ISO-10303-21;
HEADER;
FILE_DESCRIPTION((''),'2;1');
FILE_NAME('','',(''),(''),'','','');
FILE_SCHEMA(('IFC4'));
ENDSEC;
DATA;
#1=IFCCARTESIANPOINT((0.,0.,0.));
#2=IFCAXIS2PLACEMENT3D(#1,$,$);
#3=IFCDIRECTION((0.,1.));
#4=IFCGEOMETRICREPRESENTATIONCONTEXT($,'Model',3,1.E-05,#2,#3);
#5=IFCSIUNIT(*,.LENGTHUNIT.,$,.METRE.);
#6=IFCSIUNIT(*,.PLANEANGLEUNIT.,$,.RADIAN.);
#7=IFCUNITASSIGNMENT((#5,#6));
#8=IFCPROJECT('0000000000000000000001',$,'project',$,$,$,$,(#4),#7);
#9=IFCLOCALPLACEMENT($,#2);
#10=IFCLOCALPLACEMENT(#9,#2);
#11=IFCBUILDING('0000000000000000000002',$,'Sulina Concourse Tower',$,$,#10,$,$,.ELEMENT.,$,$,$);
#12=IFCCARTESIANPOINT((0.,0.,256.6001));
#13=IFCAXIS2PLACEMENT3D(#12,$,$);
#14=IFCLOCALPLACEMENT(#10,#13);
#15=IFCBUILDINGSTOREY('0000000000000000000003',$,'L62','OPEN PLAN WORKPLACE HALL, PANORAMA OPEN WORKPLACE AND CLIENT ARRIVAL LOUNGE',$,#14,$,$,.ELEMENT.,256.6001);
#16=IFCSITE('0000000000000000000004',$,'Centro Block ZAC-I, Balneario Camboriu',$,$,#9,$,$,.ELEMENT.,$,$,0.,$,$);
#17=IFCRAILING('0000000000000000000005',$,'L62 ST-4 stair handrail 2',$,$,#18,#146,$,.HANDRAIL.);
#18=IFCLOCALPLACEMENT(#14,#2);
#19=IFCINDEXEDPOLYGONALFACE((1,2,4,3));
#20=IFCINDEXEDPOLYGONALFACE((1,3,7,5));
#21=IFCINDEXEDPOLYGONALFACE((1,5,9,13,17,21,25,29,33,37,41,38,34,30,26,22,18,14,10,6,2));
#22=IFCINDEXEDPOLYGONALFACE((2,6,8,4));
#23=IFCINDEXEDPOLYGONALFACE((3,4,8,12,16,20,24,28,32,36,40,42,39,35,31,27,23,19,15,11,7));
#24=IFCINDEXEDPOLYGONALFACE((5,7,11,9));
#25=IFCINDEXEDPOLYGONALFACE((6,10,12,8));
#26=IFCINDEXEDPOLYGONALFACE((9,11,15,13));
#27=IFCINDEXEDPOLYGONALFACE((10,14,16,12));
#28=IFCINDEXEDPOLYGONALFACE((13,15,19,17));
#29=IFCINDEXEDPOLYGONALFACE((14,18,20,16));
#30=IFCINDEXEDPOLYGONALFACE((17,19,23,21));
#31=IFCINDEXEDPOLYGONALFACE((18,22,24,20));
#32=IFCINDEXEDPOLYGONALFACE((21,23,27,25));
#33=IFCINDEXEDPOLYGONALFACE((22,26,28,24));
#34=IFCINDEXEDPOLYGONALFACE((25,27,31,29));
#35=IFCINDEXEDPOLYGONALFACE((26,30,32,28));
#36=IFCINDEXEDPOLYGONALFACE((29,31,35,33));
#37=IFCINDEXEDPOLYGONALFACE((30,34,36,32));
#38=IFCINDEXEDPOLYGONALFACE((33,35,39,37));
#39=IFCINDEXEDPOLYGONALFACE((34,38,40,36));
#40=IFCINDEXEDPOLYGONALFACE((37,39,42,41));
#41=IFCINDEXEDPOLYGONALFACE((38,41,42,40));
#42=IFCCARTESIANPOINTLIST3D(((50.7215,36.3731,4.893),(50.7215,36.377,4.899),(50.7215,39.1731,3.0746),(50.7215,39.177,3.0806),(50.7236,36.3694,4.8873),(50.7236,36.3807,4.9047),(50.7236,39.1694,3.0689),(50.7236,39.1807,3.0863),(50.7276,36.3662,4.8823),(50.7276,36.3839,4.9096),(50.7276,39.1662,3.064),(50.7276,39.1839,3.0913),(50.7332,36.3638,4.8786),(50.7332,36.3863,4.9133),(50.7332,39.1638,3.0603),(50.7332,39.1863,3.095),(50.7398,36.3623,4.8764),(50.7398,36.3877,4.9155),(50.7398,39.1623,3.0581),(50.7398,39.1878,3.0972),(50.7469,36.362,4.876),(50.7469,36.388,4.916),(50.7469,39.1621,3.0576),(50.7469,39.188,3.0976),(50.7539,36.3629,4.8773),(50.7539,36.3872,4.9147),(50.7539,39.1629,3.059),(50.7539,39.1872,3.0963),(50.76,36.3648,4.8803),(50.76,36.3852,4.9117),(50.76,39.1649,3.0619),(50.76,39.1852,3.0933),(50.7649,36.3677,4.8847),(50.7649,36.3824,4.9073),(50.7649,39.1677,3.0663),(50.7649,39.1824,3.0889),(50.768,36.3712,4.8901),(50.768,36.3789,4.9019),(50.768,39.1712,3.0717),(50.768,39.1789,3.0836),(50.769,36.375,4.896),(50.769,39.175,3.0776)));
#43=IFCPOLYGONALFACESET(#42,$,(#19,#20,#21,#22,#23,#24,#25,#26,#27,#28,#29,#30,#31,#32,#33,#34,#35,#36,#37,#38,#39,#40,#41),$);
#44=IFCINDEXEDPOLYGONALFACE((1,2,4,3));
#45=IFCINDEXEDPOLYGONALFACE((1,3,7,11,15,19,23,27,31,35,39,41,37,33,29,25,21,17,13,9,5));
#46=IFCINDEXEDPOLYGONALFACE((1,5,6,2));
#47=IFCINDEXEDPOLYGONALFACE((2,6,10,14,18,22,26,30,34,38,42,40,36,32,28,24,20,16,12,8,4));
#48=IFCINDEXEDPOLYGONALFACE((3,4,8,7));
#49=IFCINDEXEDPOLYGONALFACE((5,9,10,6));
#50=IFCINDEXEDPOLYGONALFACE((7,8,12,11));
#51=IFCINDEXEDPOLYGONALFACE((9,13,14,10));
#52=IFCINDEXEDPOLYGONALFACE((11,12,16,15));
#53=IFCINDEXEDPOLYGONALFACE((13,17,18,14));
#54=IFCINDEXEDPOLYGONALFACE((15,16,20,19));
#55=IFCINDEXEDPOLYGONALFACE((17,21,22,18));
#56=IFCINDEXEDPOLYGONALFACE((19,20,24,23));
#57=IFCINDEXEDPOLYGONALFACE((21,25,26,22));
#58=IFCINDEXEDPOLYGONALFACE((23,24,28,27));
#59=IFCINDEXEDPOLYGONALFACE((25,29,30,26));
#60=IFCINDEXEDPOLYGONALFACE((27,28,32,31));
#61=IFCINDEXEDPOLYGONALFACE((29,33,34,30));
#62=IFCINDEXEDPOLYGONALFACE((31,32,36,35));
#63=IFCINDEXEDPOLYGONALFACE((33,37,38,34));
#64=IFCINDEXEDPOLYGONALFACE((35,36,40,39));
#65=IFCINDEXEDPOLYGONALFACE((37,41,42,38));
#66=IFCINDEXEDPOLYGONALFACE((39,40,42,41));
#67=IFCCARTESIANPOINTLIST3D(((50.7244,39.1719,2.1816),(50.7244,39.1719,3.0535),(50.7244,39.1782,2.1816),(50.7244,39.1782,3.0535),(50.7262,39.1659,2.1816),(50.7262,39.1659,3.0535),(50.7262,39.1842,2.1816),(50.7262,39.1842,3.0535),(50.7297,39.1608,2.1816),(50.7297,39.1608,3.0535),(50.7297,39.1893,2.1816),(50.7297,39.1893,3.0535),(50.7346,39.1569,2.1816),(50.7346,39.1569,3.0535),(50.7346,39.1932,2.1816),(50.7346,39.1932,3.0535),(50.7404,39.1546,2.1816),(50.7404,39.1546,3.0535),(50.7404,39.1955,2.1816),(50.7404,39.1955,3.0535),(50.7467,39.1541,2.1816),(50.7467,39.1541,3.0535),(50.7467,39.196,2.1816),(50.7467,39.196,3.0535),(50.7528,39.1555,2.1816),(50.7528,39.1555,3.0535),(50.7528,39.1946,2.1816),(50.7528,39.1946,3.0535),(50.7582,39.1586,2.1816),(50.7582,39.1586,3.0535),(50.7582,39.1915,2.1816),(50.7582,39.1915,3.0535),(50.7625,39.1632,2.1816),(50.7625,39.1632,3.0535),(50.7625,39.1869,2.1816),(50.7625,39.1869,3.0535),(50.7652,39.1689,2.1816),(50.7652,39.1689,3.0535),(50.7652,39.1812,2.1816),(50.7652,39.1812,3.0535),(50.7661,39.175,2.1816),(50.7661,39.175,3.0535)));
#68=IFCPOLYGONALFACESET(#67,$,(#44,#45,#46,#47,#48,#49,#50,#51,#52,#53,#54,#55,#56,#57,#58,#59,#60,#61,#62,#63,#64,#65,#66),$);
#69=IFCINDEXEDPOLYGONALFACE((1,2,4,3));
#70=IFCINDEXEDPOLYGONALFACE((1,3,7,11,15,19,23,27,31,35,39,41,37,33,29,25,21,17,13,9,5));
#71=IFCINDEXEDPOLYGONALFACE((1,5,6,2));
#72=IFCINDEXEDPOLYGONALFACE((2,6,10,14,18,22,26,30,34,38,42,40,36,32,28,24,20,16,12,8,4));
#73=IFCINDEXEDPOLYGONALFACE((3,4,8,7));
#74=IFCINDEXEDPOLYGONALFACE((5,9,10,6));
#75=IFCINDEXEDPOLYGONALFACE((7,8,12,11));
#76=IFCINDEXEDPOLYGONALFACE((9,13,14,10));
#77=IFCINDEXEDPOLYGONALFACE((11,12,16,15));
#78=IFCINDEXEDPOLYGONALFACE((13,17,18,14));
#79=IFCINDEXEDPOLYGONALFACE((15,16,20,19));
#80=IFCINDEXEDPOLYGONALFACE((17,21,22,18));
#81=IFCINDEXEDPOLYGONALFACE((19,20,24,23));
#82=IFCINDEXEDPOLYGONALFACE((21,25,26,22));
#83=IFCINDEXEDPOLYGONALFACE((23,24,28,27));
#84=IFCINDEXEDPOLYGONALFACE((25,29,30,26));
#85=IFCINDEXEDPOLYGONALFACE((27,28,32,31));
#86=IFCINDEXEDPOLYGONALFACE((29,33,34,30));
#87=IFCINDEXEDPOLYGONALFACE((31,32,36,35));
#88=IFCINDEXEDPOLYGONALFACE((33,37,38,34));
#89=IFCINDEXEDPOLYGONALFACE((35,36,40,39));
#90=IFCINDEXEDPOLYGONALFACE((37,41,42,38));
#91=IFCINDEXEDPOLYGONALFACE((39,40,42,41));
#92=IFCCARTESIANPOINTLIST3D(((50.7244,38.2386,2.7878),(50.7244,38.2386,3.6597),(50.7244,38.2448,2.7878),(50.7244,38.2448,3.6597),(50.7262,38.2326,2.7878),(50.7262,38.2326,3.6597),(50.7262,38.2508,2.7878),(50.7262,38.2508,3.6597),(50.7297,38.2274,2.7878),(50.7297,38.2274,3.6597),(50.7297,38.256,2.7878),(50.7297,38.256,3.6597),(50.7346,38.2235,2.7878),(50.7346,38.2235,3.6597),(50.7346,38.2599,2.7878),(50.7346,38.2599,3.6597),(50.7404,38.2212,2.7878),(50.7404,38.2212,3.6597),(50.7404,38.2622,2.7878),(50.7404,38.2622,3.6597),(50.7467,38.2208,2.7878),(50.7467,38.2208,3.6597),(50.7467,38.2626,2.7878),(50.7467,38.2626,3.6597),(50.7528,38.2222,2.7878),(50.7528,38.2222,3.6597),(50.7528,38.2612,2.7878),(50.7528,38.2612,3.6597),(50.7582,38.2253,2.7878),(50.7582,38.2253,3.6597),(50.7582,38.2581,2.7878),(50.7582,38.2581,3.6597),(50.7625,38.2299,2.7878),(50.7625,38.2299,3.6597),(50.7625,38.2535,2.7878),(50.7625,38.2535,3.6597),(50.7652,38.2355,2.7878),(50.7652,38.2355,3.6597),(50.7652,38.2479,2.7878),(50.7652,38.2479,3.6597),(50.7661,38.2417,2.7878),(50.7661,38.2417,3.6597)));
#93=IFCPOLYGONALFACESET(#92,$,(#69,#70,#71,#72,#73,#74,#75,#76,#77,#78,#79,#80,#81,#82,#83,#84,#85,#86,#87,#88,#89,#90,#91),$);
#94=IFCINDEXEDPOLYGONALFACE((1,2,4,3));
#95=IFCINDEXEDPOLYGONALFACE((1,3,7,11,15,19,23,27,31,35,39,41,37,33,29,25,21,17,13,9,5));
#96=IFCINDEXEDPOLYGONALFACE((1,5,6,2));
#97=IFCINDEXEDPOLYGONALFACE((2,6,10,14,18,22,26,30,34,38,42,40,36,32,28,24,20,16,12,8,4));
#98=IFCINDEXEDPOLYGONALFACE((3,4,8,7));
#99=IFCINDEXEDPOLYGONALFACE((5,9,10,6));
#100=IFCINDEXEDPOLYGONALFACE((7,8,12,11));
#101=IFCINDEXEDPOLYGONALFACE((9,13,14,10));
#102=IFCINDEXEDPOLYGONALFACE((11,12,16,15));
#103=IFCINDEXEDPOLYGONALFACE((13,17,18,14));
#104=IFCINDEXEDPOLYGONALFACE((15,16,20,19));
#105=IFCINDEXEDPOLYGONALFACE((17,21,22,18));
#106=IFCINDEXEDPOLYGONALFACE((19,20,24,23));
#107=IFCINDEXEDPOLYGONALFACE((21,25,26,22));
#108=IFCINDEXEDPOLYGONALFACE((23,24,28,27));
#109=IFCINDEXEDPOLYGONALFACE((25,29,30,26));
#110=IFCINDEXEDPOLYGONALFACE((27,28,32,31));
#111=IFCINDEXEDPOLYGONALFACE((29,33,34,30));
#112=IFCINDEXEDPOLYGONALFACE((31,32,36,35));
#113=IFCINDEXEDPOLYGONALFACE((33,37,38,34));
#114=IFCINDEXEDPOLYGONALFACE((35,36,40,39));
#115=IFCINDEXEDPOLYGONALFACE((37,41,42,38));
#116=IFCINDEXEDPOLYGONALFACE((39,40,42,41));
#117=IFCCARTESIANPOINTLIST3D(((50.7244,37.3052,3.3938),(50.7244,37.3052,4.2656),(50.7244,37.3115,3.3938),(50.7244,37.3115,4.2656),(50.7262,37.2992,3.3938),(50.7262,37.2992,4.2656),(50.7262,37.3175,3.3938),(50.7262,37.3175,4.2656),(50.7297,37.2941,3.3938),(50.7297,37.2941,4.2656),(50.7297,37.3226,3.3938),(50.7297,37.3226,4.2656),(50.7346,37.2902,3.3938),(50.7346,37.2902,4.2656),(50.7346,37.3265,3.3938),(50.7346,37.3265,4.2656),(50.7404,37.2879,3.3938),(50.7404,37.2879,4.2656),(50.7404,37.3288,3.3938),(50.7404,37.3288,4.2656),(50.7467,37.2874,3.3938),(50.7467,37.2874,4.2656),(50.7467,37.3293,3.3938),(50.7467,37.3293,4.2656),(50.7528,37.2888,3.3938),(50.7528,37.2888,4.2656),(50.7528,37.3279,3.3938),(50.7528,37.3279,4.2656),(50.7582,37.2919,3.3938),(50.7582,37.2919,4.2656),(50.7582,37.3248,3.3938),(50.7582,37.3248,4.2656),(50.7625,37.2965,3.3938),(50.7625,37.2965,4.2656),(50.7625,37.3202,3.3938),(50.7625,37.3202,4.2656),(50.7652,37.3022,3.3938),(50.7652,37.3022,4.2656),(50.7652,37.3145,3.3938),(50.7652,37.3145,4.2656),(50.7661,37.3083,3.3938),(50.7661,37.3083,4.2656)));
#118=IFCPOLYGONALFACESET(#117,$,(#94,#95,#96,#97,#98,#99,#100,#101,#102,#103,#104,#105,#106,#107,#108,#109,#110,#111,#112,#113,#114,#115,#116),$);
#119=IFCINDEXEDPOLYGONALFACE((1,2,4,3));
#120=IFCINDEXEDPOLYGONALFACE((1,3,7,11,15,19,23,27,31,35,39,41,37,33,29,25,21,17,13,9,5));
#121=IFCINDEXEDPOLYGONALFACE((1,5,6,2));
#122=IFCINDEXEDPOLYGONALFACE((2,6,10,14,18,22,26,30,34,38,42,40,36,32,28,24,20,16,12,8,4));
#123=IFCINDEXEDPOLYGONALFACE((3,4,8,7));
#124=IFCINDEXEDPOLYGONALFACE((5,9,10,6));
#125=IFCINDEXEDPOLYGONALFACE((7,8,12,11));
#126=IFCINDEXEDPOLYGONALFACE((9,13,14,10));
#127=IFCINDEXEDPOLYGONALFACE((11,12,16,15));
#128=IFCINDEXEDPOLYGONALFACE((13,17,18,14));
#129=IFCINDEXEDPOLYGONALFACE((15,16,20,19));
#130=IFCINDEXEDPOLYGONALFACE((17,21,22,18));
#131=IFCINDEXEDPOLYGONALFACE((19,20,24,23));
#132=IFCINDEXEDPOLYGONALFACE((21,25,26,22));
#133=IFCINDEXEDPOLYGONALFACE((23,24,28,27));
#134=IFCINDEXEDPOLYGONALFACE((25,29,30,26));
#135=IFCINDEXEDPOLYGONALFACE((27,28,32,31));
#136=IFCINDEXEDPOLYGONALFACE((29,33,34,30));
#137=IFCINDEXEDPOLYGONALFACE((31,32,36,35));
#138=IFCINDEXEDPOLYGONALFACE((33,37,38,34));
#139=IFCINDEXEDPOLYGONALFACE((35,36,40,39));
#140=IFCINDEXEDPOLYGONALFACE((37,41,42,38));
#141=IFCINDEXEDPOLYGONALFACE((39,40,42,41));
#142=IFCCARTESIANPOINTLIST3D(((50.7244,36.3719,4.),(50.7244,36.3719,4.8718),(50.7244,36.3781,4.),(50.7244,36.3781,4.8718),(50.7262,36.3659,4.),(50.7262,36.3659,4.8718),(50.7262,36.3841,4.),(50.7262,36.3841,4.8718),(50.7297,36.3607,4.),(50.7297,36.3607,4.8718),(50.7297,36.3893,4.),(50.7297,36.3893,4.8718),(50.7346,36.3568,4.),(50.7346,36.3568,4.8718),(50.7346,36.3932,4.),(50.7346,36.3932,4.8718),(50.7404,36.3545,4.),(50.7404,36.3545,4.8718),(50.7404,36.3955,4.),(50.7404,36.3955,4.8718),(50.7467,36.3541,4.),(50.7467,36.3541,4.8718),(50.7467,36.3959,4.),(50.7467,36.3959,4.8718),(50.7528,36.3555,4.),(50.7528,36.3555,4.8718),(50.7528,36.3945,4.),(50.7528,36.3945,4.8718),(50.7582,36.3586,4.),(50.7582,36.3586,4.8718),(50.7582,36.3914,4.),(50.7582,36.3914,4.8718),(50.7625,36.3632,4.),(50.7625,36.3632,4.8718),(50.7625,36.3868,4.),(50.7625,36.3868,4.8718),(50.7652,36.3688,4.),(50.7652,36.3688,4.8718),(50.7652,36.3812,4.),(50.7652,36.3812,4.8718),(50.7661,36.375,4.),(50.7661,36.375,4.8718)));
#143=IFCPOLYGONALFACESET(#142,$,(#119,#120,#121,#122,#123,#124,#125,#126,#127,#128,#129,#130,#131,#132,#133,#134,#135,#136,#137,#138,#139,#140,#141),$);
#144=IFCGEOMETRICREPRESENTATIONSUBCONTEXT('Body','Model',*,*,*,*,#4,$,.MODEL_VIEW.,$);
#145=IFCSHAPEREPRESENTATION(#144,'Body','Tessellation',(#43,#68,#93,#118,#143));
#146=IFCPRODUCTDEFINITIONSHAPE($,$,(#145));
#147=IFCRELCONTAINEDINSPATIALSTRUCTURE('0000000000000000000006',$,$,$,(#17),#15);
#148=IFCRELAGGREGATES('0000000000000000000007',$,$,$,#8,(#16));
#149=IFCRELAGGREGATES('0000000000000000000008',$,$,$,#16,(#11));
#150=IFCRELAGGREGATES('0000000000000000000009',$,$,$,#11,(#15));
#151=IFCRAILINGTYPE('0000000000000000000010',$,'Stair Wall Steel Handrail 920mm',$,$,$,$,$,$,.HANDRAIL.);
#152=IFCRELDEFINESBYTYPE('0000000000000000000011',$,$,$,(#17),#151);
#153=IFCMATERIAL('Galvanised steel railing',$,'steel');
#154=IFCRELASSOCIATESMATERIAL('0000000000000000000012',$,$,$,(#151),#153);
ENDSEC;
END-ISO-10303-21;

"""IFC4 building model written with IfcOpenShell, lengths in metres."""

from ifc_helpers import new_model, si_unit, direction, frame, origin, origin_2d, place, context, subcontext, project, spatial, circle, extrude, material, type_object, element, save


model = new_model("IFC4")

# Units and contexts
model_context = context("Model", 3, precision=1e-05, world=origin(), true_north=direction((0.0, 1.0)))
body_context = subcontext(model_context, "Body", "Model", "MODEL_VIEW")
ifc_project = project(units=[si_unit("LENGTHUNIT", "METRE"), si_unit("PLANEANGLEUNIT", "RADIAN")], contexts=[model_context])

# Site, building, storey
site_placement = place(None, origin())
site = spatial("IfcSite", under=ifc_project, at=site_placement, Name="Centro Block ZAC-I, Balneario Camboriu", CompositionType="ELEMENT", RefElevation=0.0)
building_placement = place(site_placement, origin())
building = spatial("IfcBuilding", under=site, at=building_placement, Name="Sulina Concourse Tower", CompositionType="ELEMENT")
storey_placement = place(building_placement, frame((0.0, 0.0, 256.6001)))
storey = spatial("IfcBuildingStorey", under=building, at=storey_placement, Name="L62", Description="OPEN PLAN WORKPLACE HALL, PANORAMA OPEN WORKPLACE AND CLIENT ARRIVAL LOUNGE", CompositionType="ELEMENT", Elevation=256.6001)

# Railing
ifc_material_1 = material(Name="Galvanised steel railing", Category="steel")
railing_type_1 = type_object("IfcRailingType", Name="Stair Wall Steel Handrail 920mm", PredefinedType="HANDRAIL", material=ifc_material_1)
railing_1_placement = place(storey_placement, frame((50.7451, 39.175, 2.1816)))
element("IfcRailing", 1, at=railing_1_placement, inside=storey, type_object=railing_type_1, Name="L62 ST-4 stair handrail 2", PredefinedType="HANDRAIL", context=body_context, shape_type="SweptSolid", body=[
    extrude(circle(Radius=0.0239, at=origin_2d()), frame((0.0, 0.0, 0.896), z_axis=(0.0, -0.838672, 0.544636), x_axis=(1.0, 0.0, 0.0)), (0.0, 0.0, 1.0), 3.3386),
    extrude(circle(Radius=0.021, at=origin_2d()), origin(), (0.0, 0.0, 1.0), 0.8718),
    extrude(circle(Radius=0.021, at=origin_2d()), frame((0.0, -0.9333, 0.6062)), (0.0, 0.0, 1.0), 0.8718),
    extrude(circle(Radius=0.021, at=origin_2d()), frame((0.0, -1.8667, 1.2122)), (0.0, 0.0, 1.0), 0.8718),
    extrude(circle(Radius=0.021, at=origin_2d()), frame((0.0, -2.8, 1.8184)), (0.0, 0.0, 1.0), 0.8718),
])

save(model, "model.ifc")
